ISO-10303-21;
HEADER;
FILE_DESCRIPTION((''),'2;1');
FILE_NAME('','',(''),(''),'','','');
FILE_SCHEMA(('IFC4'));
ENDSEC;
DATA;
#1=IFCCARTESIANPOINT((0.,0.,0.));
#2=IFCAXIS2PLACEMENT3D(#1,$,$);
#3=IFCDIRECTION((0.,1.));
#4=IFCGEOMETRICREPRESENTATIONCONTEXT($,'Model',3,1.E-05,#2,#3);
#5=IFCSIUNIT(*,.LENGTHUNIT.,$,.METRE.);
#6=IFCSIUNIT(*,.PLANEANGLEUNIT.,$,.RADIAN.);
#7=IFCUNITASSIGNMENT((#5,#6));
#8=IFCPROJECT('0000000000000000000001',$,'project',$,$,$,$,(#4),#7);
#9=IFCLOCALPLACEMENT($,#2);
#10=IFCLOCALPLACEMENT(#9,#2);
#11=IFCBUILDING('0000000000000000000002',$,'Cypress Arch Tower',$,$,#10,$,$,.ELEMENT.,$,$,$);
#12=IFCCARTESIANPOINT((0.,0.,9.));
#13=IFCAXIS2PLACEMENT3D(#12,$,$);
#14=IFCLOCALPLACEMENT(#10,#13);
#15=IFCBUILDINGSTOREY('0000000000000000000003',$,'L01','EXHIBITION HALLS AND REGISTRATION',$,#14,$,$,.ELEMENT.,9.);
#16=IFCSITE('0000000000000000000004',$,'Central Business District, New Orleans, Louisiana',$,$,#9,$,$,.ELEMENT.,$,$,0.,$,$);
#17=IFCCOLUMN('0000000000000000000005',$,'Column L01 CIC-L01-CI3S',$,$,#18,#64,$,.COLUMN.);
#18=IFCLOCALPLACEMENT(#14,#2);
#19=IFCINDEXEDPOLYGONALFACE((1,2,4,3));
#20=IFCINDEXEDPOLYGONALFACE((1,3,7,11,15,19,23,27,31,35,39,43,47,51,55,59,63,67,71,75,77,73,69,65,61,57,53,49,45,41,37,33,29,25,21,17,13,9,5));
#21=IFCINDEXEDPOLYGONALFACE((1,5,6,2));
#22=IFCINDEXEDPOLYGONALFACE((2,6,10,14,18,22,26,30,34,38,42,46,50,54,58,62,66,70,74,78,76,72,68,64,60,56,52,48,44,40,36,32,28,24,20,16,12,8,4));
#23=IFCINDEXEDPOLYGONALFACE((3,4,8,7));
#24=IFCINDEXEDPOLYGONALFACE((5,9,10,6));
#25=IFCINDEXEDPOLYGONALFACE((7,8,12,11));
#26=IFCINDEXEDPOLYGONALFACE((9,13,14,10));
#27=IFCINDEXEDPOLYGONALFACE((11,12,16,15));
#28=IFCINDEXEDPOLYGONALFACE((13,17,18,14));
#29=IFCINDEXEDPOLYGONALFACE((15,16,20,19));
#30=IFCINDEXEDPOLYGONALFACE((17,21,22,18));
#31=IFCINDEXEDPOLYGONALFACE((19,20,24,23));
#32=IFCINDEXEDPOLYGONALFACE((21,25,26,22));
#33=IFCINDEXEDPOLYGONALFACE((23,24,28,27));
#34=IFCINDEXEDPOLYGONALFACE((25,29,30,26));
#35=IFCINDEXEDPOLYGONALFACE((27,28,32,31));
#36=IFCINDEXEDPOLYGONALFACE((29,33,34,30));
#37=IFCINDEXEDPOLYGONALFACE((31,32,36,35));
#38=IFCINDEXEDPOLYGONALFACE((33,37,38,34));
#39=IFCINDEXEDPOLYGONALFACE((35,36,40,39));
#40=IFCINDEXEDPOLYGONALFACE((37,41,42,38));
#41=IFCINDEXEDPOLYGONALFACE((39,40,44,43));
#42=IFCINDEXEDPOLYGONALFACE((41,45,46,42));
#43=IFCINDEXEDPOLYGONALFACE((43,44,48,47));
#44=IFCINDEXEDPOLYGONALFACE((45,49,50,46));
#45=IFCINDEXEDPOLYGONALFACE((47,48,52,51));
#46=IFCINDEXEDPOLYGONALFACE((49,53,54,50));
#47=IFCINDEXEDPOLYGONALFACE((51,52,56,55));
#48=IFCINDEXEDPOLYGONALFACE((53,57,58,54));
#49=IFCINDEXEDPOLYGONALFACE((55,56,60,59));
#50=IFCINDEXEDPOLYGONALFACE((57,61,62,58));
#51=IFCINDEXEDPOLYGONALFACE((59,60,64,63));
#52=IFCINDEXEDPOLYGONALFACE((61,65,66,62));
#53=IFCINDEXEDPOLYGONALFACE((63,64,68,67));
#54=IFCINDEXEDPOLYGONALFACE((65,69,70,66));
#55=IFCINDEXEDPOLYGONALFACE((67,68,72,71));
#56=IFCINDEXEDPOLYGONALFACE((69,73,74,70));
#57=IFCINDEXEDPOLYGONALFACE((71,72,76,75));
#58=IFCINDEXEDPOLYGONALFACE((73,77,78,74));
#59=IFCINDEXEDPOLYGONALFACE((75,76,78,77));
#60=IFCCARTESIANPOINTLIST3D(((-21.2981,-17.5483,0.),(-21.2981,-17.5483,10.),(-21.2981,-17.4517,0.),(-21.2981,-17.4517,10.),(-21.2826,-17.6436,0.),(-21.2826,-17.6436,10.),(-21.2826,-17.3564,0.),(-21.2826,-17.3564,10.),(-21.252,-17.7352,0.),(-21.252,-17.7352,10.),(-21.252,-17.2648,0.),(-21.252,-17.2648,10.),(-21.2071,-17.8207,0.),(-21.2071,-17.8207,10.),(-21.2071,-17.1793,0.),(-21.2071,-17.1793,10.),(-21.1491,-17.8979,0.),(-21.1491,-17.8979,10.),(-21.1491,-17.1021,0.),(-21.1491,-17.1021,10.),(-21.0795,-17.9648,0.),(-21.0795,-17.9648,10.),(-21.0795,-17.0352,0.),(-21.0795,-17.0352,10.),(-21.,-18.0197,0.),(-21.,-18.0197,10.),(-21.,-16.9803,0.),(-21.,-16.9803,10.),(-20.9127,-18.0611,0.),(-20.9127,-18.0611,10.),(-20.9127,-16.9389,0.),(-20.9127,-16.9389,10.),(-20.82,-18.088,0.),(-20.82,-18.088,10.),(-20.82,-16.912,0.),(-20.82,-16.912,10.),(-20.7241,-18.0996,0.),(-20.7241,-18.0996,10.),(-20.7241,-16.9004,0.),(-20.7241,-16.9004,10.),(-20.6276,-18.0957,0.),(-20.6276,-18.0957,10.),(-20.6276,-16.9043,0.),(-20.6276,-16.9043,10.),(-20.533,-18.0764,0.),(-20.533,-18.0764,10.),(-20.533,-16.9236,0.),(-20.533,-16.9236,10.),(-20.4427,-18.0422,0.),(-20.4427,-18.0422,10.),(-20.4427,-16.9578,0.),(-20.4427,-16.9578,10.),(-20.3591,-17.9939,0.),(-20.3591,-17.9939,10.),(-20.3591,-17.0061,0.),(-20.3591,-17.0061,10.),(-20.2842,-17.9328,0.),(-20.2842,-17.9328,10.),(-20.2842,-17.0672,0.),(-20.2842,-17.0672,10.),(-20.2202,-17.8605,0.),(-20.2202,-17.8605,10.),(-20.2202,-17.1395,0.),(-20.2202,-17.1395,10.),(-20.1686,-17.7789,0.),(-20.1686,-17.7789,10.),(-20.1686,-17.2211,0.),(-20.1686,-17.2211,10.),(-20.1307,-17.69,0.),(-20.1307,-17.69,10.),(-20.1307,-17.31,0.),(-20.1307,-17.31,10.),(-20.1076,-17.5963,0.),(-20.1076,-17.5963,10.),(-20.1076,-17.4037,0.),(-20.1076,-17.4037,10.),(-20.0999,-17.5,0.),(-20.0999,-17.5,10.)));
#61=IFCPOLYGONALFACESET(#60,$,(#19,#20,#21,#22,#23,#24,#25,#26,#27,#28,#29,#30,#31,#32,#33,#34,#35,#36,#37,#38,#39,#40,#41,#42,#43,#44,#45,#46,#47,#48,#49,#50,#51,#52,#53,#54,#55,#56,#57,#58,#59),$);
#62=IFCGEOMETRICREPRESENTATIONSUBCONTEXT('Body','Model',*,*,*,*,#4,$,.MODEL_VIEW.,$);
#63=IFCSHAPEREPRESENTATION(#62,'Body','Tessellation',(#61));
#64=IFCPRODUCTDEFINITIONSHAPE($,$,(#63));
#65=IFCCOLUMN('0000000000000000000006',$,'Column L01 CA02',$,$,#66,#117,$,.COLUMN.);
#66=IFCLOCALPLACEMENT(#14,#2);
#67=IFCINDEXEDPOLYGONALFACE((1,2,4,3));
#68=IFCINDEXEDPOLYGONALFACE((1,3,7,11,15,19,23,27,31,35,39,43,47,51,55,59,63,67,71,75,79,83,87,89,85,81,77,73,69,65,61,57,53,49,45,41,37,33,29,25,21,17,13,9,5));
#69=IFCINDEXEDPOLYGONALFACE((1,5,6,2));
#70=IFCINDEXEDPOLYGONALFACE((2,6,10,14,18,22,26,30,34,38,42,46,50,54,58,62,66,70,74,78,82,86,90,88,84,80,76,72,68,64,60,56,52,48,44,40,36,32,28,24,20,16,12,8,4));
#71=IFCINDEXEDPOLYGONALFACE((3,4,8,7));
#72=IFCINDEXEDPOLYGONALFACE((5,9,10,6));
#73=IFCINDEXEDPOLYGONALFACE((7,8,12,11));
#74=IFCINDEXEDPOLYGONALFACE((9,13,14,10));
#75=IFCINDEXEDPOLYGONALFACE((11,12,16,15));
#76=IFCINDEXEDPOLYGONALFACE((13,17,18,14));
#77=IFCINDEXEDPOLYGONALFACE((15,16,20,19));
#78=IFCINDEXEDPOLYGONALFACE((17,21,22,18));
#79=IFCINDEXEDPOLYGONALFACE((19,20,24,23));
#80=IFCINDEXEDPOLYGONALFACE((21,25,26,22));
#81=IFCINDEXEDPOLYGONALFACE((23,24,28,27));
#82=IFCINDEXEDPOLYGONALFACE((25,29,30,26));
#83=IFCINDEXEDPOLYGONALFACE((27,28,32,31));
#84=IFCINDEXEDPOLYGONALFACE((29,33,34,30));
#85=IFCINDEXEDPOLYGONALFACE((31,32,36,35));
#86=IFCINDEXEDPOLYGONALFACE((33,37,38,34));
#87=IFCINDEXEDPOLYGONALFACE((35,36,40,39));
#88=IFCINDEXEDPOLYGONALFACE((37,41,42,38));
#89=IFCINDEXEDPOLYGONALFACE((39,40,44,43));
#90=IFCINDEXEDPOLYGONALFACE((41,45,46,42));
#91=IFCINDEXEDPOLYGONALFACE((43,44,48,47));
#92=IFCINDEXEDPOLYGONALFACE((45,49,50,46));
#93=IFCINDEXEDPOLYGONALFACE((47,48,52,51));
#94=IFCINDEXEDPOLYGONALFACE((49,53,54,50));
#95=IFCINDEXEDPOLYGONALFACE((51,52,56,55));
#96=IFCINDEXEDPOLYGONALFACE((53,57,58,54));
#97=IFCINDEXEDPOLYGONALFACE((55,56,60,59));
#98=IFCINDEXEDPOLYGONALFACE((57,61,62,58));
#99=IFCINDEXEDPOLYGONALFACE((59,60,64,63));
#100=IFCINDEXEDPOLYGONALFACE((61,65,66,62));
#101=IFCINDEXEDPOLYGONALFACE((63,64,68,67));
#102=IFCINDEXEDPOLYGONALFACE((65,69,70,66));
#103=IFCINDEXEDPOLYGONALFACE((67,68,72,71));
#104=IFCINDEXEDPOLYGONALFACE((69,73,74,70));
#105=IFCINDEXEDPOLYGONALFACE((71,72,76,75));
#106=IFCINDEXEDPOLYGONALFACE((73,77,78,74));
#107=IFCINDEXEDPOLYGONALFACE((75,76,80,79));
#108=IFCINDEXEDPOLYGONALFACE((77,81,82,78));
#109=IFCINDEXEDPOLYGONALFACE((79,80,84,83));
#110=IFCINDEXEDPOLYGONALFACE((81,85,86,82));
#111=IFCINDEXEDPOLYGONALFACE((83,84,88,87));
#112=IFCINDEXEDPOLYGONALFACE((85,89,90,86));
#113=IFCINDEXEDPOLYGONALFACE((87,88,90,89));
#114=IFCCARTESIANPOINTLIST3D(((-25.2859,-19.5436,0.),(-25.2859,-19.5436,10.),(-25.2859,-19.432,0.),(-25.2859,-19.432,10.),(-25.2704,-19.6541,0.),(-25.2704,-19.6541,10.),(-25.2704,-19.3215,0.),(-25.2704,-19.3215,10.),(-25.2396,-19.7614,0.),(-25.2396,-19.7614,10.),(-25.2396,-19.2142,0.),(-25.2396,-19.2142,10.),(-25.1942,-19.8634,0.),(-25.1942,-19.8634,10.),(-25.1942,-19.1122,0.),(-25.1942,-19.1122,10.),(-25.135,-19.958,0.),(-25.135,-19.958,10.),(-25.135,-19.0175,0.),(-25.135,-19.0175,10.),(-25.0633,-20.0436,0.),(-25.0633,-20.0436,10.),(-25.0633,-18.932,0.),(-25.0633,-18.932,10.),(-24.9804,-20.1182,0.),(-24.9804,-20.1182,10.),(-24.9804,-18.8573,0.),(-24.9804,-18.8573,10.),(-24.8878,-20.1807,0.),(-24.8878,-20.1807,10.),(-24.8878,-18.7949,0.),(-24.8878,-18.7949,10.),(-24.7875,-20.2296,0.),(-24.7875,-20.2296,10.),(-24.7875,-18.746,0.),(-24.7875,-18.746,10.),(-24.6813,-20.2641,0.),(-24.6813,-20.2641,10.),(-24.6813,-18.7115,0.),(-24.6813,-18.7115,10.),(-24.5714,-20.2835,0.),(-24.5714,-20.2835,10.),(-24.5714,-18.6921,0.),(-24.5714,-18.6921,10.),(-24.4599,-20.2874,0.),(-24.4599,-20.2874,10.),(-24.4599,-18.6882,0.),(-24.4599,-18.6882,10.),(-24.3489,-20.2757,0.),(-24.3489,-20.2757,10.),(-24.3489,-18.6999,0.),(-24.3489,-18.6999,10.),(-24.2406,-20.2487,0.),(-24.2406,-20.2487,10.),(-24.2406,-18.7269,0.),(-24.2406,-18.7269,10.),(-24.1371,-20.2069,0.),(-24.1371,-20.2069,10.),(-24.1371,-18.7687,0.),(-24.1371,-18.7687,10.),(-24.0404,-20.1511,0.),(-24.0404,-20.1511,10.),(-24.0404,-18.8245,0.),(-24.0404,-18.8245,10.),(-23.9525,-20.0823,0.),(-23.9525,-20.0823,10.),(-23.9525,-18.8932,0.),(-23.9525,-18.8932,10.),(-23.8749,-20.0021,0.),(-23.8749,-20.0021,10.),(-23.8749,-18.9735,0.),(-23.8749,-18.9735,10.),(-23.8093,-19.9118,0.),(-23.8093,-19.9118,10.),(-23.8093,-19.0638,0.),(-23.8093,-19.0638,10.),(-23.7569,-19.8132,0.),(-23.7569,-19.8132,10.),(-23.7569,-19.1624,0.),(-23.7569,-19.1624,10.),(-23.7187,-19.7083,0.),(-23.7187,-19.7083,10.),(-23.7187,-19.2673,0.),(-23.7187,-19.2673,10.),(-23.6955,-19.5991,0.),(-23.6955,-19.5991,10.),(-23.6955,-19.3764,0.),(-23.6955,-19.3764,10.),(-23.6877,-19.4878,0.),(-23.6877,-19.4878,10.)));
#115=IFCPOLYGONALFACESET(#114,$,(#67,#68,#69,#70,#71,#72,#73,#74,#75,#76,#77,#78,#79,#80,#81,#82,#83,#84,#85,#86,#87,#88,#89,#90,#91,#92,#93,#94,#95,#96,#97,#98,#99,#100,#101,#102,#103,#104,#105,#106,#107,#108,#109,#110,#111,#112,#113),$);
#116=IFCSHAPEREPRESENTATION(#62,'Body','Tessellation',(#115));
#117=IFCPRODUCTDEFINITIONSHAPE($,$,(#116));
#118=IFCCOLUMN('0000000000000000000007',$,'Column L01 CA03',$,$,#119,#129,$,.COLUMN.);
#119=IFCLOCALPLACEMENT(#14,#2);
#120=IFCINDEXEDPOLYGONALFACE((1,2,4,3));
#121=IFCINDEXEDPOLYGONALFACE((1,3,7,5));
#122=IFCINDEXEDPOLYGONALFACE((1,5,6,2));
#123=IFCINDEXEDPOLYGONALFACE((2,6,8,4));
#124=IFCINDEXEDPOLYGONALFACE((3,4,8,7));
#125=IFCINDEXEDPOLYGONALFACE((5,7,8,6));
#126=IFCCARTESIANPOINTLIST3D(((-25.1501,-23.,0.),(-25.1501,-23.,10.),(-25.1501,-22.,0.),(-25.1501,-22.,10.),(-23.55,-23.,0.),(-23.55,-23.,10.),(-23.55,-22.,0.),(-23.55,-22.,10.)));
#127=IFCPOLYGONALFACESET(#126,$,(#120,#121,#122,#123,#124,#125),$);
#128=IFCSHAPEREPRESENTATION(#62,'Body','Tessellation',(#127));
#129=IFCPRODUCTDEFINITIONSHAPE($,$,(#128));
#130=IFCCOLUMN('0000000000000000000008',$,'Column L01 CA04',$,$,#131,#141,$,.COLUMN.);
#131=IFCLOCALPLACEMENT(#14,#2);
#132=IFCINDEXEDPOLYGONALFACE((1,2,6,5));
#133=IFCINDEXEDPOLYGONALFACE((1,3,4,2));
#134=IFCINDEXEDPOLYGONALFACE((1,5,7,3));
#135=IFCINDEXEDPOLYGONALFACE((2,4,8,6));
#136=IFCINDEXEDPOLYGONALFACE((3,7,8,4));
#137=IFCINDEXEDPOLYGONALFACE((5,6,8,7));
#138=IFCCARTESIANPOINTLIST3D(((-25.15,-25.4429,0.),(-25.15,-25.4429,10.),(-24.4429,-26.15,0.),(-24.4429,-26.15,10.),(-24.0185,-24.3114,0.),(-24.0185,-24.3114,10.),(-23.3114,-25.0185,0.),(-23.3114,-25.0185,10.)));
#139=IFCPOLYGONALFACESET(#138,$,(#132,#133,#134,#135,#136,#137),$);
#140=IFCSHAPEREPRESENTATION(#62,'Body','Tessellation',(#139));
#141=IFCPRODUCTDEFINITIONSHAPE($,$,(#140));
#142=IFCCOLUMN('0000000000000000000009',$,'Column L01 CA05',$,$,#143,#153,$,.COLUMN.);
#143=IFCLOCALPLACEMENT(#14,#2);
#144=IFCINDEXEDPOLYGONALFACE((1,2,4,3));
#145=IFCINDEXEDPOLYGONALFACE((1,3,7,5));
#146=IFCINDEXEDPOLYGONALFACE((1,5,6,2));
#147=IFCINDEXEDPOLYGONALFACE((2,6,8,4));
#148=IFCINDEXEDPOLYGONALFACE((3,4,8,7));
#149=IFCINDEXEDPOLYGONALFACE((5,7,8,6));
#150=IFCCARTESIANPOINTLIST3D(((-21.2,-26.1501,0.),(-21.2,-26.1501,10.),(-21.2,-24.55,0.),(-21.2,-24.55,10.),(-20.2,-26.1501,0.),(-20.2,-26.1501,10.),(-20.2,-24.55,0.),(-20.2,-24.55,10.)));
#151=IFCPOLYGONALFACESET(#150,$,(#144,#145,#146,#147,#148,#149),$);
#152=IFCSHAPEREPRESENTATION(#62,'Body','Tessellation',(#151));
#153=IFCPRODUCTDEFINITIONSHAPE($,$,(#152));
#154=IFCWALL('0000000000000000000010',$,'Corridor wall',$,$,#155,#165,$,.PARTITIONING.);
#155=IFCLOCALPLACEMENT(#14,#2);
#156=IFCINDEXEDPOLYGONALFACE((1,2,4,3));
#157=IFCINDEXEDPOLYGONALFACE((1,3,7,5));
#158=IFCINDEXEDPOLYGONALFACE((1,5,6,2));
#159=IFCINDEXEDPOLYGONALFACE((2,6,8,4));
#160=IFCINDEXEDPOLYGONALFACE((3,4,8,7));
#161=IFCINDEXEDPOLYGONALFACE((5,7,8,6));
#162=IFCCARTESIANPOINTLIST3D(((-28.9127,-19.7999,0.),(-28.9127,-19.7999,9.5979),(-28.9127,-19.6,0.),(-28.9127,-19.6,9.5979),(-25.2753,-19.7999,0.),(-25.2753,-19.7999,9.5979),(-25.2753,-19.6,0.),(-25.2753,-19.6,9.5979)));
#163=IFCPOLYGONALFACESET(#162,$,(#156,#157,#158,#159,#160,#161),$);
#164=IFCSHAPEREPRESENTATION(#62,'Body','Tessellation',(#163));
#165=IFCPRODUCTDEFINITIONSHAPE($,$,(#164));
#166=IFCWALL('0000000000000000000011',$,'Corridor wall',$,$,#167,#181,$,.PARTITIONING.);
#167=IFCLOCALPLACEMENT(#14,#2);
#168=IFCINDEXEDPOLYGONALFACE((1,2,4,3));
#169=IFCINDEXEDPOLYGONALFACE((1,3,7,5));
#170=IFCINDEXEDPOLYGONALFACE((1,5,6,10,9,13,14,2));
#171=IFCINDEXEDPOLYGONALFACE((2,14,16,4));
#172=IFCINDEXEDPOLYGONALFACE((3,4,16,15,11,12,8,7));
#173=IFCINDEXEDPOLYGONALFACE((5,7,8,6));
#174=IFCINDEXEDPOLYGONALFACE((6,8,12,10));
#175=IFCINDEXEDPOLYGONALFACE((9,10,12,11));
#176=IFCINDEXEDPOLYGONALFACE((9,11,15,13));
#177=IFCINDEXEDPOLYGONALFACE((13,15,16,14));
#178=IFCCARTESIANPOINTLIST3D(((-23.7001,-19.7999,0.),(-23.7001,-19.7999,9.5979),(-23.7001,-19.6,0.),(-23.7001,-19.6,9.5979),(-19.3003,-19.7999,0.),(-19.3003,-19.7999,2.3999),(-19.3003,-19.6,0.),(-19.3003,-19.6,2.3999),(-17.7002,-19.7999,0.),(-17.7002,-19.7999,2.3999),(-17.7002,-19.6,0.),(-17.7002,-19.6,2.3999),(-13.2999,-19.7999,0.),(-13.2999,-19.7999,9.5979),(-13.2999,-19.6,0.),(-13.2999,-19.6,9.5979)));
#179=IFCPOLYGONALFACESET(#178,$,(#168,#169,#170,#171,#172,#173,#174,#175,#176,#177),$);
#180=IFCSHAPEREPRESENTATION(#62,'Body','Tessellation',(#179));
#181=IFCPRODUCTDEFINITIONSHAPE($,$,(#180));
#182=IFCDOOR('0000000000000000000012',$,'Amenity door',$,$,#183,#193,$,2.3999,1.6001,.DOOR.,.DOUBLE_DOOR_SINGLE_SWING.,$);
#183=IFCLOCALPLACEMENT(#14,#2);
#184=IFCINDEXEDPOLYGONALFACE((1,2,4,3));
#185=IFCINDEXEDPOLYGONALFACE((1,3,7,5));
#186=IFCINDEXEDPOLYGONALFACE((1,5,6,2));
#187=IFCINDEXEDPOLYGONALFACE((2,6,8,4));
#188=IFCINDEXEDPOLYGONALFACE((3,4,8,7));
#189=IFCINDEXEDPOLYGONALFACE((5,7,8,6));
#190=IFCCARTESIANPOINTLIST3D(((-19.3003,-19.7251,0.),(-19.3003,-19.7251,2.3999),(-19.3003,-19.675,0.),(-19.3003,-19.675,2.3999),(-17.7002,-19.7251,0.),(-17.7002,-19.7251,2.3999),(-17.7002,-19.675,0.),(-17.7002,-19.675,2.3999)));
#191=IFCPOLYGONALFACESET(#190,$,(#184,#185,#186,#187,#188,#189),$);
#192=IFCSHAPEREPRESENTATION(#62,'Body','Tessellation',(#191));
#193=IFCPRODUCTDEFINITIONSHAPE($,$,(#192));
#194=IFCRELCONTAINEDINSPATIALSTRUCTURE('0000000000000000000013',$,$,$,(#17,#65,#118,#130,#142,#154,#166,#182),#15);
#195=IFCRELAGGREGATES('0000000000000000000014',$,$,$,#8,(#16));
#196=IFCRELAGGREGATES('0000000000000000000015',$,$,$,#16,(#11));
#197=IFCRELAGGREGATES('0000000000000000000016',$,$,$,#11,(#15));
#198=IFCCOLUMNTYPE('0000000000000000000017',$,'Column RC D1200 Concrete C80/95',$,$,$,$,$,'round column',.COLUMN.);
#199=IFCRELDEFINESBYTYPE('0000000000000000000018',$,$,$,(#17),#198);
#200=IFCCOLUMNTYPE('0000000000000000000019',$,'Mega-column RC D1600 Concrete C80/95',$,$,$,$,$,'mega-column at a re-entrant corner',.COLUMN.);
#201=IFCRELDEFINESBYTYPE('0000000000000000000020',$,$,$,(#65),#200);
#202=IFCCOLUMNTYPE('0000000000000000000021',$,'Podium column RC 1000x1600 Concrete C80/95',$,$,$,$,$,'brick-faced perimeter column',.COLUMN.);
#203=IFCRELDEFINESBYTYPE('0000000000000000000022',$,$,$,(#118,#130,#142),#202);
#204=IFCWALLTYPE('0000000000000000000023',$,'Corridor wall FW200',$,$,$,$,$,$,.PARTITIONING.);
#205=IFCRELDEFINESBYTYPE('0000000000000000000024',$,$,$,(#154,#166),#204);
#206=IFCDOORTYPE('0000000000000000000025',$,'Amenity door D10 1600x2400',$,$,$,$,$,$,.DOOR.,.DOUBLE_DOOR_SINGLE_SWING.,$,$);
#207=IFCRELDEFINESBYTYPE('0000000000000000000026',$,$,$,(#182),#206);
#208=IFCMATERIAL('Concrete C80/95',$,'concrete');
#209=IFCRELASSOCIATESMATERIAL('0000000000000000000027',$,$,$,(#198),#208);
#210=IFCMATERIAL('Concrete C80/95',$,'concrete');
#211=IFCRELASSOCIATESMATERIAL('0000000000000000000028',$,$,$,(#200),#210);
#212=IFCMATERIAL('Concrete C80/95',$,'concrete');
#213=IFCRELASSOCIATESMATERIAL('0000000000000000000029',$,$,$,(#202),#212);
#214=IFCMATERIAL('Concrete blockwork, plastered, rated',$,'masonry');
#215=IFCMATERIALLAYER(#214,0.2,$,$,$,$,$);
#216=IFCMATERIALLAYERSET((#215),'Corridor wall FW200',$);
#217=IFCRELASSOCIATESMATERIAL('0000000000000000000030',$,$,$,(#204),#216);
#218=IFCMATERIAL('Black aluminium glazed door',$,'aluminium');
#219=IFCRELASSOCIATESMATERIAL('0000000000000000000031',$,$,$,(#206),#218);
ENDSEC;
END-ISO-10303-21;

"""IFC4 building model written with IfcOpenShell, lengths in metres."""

from ifc_helpers import new_model, si_unit, direction, frame, frame_2d, origin, origin_2d, place, context, subcontext, project, spatial, rectangle, circle, extrude, material, layer, layer_set, material_profile, profile_set, type_object, element, fill, save


model = new_model("IFC4")

# Units and contexts
model_context = context("Model", 3, precision=1e-05, world=origin(), true_north=direction((0.0, 1.0)))
body_context = subcontext(model_context, "Body", "Model", "MODEL_VIEW")
ifc_project = project(units=[si_unit("LENGTHUNIT", "METRE"), si_unit("PLANEANGLEUNIT", "RADIAN")], contexts=[model_context])

# Site, building, storey
site_placement = place(None, origin())
site = spatial("IfcSite", under=ifc_project, at=site_placement, Name="Central Business District, New Orleans, Louisiana", CompositionType="ELEMENT", RefElevation=0.0)
building_placement = place(site_placement, origin())
building = spatial("IfcBuilding", under=site, at=building_placement, Name="Cypress Arch Tower", CompositionType="ELEMENT")
storey_placement = place(building_placement, frame((0.0, 0.0, 9.0)))
storey = spatial("IfcBuildingStorey", under=building, at=storey_placement, Name="L01", Description="EXHIBITION HALLS AND REGISTRATION", CompositionType="ELEMENT", Elevation=9.0)

# Columns
ifc_material_1 = material(Name="Concrete C80/95", Category="concrete")
ifc_material_profile_1 = material_profile(ifc_material_1, circle(Radius=0.6001, at=origin_2d()), Name="RC D1200")
ifc_profile_set_1 = profile_set([ifc_material_profile_1], Name="Concrete C80/95")
column_type_1 = type_object("IfcColumnType", Name="Column RC D1200 Concrete C80/95", ElementType="round column", PredefinedType="COLUMN", material=ifc_profile_set_1)
column_1_placement = place(storey_placement, frame((-20.7, -17.5, 0.0), z_axis=(0.0, 0.0, 1.0), x_axis=(1.0, 0.0, 0.0)))
element("IfcColumn", 1, at=column_1_placement, inside=storey, type_object=column_type_1, Name="Column L01 CIC-L01-CI3S", PredefinedType="COLUMN", context=body_context, shape_type="SweptSolid", body=[
    extrude(circle(Radius=0.6001, at=origin_2d()), origin(), (0.0, 0.0, 1.0), 10.0),
])
ifc_material_2 = material(Name="Concrete C80/95", Category="concrete")
ifc_material_profile_2 = material_profile(ifc_material_2, circle(Radius=0.8, at=origin_2d()), Name="RC D1600")
ifc_profile_set_2 = profile_set([ifc_material_profile_2], Name="Concrete C80/95")
column_type_2 = type_object("IfcColumnType", Name="Mega-column RC D1600 Concrete C80/95", ElementType="mega-column at a re-entrant corner", PredefinedType="COLUMN", material=ifc_profile_set_2)
column_2_placement = place(storey_placement, frame((-24.4878, -19.4878, 0.0), z_axis=(0.0, 0.0, 1.0), x_axis=(1.0, 0.0, 0.0)))
element("IfcColumn", 2, at=column_2_placement, inside=storey, type_object=column_type_2, Name="Column L01 CA02", PredefinedType="COLUMN", context=body_context, shape_type="SweptSolid", body=[
    extrude(circle(Radius=0.8, at=origin_2d()), origin(), (0.0, 0.0, 1.0), 10.0),
])
ifc_material_3 = material(Name="Concrete C80/95", Category="concrete")
ifc_material_profile_3 = material_profile(ifc_material_3, rectangle(XDim=1.0, YDim=1.6001, at=origin_2d()), Name="RC 1000x1600")
ifc_profile_set_3 = profile_set([ifc_material_profile_3], Name="Concrete C80/95")
column_type_3 = type_object("IfcColumnType", Name="Podium column RC 1000x1600 Concrete C80/95", ElementType="brick-faced perimeter column", PredefinedType="COLUMN", material=ifc_profile_set_3)
for number, where, z_axis, x_axis, name in (
    (3, (-24.3501, -22.5, 0.0), (0.0, 0.0, 1.0), (0.0, -1.0, 0.0), "Column L01 CA03"),
    (4, (-24.2307, -25.2307, 0.0), (0.0, 0.0, 1.0), (0.707107, -0.707107, 0.0), "Column L01 CA04"),
    (5, (-20.7, -25.3501, 0.0), (0.0, 0.0, 1.0), (1.0, 0.0, 0.0), "Column L01 CA05"),
):
    element("IfcColumn", number, at=place(storey_placement, frame(where, z_axis=z_axis, x_axis=x_axis)), inside=storey, type_object=column_type_3, Name=name, PredefinedType="COLUMN", context=body_context, shape_type="SweptSolid", body=[
        extrude(rectangle(XDim=1.0, YDim=1.6001, at=origin_2d()), origin(), (0.0, 0.0, 1.0), 10.0),
    ])

# Wall
ifc_material_4 = material(Name="Concrete blockwork, plastered, rated", Category="masonry")
ifc_layer_1 = layer(ifc_material_4, 0.2)
ifc_layer_set_1 = layer_set([ifc_layer_1], Name="Corridor wall FW200")
wall_type_1 = type_object("IfcWallType", Name="Corridor wall FW200", PredefinedType="PARTITIONING", material=ifc_layer_set_1)
wall_1_placement = place(storey_placement, frame((-28.9128, -19.7, 0.0), z_axis=(0.0, 0.0, 1.0), x_axis=(1.0, 0.0, 0.0)))
element("IfcWall", 6, at=wall_1_placement, inside=storey, type_object=wall_type_1, Name="Corridor wall", PredefinedType="PARTITIONING", context=body_context, shape_type="SweptSolid", body=[
    extrude(rectangle(XDim=3.6375, YDim=0.2, at=frame_2d((1.8188, 0.0))), origin(), (0.0, 0.0, 1.0), 9.5979),
])

# Wall, opening, door
wall_2_placement = place(storey_placement, frame((-23.7002, -19.7, 0.0), z_axis=(0.0, 0.0, 1.0), x_axis=(1.0, 0.0, 0.0)))
wall_2 = element("IfcWall", 7, at=wall_2_placement, inside=storey, type_object=wall_type_1, Name="Corridor wall", PredefinedType="PARTITIONING", context=body_context, shape_type="SweptSolid", body=[
    extrude(rectangle(XDim=10.4001, YDim=0.2, at=frame_2d((5.2002, 0.0))), origin(), (0.0, 0.0, 1.0), 9.5979),
])
opening_1_placement = place(wall_2_placement, frame((4.3999, 0.0, 0.0)))
opening_1 = element("IfcOpeningElement", 8, at=opening_1_placement, cuts=wall_2, PredefinedType="OPENING", context=body_context, shape_type="SweptSolid", body=[
    extrude(rectangle(XDim=1.6001, YDim=2.3999, at=frame_2d((0.8, 1.2))), frame((0.0, 0.1099, 0.0), z_axis=(0.0, -1.0, 0.0), x_axis=(1.0, 0.0, 0.0)), (0.0, 0.0, 1.0), 0.22),
])
ifc_material_5 = material(Name="Black aluminium glazed door", Category="aluminium")
door_type_1 = type_object("IfcDoorType", Name="Amenity door D10 1600x2400", OperationType="DOUBLE_DOOR_SINGLE_SWING", PredefinedType="DOOR", material=ifc_material_5)
door_1_placement = place(opening_1_placement, origin())
door_1 = element("IfcDoor", 9, at=door_1_placement, inside=storey, type_object=door_type_1, Name="Amenity door", OperationType="DOUBLE_DOOR_SINGLE_SWING", OverallHeight=2.3999, OverallWidth=1.6001, PredefinedType="DOOR", context=body_context, shape_type="SweptSolid", body=[
    extrude(rectangle(XDim=1.6001, YDim=2.3999, at=frame_2d((0.8, 1.2))), frame((0.0, 0.0249, 0.0), z_axis=(0.0, -1.0, 0.0), x_axis=(1.0, 0.0, 0.0)), (0.0, 0.0, 1.0), 0.05),
])
fill(opening_1, door_1)

save(model, "model.ifc")
